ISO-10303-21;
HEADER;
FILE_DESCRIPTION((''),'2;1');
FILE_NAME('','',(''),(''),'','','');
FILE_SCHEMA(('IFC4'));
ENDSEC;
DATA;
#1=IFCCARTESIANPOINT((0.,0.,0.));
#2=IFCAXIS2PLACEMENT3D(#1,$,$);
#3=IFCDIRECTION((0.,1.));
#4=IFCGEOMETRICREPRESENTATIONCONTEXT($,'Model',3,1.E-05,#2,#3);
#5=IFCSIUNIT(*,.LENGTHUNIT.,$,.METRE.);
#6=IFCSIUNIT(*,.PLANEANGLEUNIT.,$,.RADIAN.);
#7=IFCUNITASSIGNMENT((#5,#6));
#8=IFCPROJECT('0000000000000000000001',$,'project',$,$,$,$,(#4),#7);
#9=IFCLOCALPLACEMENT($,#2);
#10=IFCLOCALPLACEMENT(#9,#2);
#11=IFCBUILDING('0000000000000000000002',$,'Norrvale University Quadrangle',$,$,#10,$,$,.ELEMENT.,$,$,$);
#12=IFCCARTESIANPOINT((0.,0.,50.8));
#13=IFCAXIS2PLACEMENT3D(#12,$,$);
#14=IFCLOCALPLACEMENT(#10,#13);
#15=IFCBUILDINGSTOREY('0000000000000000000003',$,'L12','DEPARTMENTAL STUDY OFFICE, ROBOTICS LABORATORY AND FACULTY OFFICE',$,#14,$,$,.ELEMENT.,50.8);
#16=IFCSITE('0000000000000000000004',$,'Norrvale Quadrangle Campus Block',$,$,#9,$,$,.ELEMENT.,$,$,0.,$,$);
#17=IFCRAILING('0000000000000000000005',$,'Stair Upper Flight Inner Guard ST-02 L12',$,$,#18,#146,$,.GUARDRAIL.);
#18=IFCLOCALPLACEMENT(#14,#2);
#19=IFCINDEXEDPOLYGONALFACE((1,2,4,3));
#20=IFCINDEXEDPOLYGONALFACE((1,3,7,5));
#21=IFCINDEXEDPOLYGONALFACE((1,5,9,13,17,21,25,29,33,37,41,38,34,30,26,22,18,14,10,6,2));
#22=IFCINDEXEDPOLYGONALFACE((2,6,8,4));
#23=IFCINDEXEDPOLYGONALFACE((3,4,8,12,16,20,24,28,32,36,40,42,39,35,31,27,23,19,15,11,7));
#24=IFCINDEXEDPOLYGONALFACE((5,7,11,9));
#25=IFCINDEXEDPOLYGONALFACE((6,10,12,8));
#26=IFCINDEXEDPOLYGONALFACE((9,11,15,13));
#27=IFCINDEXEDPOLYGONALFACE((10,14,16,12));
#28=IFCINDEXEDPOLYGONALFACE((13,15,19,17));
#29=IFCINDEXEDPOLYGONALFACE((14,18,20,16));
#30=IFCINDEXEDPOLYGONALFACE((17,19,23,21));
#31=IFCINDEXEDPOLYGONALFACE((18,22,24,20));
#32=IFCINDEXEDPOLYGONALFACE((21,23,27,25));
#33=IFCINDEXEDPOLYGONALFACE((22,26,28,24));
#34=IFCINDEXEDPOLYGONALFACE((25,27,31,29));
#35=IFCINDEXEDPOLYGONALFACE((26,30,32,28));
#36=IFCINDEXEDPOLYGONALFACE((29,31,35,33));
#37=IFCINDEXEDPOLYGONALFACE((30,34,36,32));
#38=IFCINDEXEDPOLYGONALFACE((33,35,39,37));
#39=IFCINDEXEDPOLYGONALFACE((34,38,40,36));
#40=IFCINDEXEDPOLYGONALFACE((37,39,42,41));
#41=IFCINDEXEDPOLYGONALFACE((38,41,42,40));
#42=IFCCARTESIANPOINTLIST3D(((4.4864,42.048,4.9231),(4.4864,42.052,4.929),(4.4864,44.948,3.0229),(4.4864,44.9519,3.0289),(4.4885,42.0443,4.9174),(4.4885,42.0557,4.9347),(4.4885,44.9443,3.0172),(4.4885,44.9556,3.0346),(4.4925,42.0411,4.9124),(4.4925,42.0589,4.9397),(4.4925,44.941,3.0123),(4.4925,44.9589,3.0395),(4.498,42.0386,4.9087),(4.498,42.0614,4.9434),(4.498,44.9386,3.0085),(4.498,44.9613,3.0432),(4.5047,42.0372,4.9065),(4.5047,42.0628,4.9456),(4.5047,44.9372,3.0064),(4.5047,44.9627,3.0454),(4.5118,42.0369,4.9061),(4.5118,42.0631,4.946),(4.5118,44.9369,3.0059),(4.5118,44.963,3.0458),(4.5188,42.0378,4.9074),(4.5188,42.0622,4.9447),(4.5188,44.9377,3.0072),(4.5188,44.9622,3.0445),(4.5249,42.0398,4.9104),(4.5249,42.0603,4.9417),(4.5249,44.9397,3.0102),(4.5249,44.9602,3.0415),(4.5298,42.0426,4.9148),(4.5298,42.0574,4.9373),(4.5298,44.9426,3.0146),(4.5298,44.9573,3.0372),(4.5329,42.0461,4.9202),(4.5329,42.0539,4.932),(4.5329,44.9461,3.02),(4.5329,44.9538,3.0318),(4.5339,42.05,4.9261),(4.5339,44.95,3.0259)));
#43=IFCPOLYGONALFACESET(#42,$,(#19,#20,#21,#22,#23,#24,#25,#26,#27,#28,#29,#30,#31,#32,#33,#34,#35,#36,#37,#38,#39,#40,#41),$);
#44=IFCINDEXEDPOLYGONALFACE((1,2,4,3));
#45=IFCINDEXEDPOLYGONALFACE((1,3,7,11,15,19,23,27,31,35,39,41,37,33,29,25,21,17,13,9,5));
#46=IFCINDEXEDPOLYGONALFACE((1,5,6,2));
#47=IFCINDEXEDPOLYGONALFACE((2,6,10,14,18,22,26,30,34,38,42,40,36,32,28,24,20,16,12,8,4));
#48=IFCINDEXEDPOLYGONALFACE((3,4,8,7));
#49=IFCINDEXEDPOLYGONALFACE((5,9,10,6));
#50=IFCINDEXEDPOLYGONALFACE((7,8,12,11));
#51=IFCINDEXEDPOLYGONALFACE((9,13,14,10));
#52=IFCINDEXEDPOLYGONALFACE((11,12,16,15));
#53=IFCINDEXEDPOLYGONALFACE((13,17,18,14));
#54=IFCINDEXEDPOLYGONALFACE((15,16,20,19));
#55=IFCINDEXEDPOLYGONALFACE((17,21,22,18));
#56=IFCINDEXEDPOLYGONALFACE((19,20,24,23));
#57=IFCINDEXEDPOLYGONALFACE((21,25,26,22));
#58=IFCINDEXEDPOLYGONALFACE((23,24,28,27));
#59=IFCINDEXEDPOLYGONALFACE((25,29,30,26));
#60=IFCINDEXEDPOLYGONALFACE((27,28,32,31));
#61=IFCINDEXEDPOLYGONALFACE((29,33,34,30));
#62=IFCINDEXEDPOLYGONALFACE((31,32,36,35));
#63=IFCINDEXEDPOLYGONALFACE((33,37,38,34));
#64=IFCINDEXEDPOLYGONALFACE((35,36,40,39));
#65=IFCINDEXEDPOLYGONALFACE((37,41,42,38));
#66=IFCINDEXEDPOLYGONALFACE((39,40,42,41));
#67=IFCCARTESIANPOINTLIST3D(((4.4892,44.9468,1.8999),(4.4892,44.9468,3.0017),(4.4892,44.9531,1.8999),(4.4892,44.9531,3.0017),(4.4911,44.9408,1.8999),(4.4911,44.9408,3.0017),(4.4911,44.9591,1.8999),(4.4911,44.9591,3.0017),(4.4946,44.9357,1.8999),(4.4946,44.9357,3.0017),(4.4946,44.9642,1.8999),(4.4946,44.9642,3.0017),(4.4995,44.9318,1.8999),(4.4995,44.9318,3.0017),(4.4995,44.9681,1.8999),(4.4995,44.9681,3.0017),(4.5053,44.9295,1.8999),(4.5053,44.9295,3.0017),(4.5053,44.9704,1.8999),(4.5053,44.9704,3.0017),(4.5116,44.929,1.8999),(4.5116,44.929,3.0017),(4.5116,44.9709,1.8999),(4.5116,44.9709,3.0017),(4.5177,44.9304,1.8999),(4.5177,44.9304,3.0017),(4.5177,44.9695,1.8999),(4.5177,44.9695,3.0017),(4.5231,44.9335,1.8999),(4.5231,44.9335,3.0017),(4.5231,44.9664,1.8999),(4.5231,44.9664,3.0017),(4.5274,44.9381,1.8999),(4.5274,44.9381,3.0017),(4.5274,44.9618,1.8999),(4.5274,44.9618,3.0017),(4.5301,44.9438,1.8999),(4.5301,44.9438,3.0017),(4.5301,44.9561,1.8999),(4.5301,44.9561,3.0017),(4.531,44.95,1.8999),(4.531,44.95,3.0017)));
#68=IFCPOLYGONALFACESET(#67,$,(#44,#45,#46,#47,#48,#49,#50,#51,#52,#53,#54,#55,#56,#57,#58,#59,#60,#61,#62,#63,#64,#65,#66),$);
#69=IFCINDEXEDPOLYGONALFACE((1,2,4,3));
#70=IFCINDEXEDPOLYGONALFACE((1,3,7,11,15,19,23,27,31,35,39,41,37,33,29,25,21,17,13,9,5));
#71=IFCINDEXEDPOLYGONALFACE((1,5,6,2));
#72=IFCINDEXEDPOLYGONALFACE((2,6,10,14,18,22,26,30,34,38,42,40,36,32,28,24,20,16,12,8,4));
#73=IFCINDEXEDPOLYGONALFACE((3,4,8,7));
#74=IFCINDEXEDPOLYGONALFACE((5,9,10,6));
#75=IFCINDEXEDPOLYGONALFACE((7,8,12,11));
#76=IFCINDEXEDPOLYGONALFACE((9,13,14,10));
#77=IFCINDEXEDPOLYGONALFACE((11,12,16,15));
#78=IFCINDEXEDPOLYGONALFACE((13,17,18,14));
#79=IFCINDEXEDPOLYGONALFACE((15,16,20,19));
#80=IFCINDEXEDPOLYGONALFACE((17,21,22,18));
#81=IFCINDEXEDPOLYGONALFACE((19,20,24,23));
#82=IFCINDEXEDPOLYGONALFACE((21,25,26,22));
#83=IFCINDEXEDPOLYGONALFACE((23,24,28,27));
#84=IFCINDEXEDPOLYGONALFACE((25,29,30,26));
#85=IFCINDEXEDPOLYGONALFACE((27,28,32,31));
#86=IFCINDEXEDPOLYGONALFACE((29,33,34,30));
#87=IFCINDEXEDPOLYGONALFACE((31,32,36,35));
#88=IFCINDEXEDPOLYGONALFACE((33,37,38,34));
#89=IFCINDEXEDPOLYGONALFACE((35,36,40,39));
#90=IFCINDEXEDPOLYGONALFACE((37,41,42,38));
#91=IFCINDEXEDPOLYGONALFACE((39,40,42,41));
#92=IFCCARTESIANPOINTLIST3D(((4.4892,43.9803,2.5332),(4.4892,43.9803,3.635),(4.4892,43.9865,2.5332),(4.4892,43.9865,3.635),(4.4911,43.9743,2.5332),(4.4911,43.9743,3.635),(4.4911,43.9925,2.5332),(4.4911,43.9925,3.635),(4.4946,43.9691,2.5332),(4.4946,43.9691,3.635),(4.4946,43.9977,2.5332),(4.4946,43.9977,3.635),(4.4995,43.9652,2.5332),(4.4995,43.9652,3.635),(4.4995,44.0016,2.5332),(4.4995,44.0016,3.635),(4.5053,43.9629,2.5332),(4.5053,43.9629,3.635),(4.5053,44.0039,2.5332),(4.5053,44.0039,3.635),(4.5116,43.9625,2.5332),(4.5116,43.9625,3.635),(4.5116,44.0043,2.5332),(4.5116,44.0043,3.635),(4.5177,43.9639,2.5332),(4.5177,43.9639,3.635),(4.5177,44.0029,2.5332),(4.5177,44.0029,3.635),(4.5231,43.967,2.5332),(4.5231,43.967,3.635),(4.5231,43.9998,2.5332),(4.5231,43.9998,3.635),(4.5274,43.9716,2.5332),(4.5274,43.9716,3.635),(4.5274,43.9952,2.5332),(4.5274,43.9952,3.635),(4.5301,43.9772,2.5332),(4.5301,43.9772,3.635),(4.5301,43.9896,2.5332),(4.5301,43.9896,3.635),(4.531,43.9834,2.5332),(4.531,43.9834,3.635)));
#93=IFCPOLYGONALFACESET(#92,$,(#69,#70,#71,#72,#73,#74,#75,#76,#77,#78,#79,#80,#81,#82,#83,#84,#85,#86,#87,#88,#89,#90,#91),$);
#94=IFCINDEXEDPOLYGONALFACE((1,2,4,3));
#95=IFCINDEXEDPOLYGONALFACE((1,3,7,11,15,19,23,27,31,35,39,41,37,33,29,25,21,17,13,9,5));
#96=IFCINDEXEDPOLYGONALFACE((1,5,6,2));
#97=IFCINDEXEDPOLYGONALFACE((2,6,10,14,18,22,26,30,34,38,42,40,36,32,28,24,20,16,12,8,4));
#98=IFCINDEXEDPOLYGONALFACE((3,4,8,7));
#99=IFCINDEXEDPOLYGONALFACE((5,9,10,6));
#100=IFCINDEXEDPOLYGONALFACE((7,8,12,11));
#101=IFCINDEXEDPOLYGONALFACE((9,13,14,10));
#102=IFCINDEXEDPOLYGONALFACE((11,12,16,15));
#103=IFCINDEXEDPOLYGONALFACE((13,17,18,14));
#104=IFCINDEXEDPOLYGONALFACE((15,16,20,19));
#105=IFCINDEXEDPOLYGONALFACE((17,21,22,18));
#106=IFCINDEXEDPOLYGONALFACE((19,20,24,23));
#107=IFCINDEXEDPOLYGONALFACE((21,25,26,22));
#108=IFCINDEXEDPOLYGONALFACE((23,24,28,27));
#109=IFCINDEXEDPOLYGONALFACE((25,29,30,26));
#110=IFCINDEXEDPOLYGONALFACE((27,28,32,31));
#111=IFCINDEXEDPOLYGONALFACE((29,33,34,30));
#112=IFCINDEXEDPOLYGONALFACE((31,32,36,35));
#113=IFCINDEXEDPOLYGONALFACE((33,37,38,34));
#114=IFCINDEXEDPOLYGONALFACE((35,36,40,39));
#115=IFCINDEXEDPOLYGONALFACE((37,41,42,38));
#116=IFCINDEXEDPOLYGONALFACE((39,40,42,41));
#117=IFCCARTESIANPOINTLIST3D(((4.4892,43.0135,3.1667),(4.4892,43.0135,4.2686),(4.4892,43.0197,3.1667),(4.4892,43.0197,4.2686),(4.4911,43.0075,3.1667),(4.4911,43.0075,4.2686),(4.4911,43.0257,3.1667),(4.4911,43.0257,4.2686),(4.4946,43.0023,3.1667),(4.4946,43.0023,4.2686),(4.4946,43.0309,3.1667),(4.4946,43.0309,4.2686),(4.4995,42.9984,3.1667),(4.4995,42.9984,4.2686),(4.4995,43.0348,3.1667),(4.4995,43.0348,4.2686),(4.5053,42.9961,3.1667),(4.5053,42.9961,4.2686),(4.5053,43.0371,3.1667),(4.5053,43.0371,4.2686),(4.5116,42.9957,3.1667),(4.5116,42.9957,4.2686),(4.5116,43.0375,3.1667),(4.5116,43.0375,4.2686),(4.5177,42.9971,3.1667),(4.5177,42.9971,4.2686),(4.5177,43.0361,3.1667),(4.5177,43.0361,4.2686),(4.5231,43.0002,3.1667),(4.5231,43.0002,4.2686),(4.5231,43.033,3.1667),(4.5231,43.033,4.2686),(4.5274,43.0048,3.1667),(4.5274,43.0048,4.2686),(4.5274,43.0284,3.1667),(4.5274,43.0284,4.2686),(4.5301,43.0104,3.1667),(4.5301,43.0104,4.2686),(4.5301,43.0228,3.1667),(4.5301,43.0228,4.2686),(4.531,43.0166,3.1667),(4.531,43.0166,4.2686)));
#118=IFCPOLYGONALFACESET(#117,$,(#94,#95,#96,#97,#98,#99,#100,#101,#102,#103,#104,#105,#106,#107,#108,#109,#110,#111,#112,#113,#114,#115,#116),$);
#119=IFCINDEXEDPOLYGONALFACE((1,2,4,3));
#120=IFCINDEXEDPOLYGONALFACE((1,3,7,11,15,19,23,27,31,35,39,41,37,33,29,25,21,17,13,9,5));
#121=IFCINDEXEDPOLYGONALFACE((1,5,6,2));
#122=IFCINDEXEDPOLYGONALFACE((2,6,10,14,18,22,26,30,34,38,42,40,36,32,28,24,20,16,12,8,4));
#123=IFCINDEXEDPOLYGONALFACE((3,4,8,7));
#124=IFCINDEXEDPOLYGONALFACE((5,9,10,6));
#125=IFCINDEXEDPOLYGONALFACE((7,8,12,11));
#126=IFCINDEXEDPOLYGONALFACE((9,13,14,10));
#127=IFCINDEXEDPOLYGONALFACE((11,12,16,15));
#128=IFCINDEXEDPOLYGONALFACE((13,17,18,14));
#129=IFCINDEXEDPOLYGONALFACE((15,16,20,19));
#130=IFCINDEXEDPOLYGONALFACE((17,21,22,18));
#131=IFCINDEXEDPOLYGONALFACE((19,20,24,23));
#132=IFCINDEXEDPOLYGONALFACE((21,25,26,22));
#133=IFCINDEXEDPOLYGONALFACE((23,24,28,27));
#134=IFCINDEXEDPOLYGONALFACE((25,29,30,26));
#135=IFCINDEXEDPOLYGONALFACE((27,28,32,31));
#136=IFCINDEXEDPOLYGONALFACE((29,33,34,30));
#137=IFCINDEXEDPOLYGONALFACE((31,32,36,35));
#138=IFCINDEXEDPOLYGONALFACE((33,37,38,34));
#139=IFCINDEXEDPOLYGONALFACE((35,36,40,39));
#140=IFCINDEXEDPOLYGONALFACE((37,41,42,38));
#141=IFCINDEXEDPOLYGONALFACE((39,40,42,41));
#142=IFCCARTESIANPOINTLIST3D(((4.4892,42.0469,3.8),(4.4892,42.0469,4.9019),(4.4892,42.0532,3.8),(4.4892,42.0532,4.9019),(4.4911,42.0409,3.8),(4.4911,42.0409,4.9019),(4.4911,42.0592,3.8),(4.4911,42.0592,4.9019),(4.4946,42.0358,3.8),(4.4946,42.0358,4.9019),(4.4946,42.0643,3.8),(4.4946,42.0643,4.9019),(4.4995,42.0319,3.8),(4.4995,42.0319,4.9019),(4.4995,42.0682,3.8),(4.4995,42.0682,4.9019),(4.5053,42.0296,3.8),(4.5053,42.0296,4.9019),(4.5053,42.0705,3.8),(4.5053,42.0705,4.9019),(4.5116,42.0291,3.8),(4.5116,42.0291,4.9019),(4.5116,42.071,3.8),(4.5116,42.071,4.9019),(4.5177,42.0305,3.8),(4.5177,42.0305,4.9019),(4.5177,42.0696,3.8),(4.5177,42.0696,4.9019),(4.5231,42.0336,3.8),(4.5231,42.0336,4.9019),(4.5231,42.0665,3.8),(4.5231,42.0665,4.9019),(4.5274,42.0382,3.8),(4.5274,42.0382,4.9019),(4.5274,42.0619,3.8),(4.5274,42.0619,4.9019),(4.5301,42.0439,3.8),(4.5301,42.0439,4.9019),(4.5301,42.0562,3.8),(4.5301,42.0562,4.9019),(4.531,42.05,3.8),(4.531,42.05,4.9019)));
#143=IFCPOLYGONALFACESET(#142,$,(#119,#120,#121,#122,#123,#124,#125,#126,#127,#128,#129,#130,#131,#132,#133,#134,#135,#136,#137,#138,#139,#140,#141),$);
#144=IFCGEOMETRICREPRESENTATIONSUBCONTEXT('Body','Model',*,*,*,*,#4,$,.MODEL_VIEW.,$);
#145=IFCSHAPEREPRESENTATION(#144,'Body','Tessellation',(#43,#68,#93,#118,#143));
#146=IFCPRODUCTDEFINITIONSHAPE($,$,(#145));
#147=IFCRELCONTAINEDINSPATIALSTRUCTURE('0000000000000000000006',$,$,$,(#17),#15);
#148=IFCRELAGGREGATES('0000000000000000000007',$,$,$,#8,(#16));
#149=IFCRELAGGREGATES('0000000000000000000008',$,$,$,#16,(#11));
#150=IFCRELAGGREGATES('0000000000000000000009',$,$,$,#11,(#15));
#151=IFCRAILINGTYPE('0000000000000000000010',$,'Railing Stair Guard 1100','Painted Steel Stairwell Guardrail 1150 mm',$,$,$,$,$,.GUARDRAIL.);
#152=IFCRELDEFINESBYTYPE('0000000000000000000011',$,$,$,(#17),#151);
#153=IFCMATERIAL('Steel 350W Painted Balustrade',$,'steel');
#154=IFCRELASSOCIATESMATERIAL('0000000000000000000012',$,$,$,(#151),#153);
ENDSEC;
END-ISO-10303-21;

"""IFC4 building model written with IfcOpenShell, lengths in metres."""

from ifc_helpers import new_model, si_unit, direction, frame, origin, origin_2d, place, context, subcontext, project, spatial, circle, extrude, material, type_object, element, save


model = new_model("IFC4")

# Units and contexts
model_context = context("Model", 3, precision=1e-05, world=origin(), true_north=direction((0.0, 1.0)))
body_context = subcontext(model_context, "Body", "Model", "MODEL_VIEW")
ifc_project = project(units=[si_unit("LENGTHUNIT", "METRE"), si_unit("PLANEANGLEUNIT", "RADIAN")], contexts=[model_context])

# Site, building, storey
site_placement = place(None, origin())
site = spatial("IfcSite", under=ifc_project, at=site_placement, Name="Norrvale Quadrangle Campus Block", CompositionType="ELEMENT", RefElevation=0.0)
building_placement = place(site_placement, origin())
building = spatial("IfcBuilding", under=site, at=building_placement, Name="Norrvale University Quadrangle", CompositionType="ELEMENT")
storey_placement = place(building_placement, frame((0.0, 0.0, 50.8)))
storey = spatial("IfcBuildingStorey", under=building, at=storey_placement, Name="L12", Description="DEPARTMENTAL STUDY OFFICE, ROBOTICS LABORATORY AND FACULTY OFFICE", CompositionType="ELEMENT", Elevation=50.8)

# Railing
ifc_material_1 = material(Name="Steel 350W Painted Balustrade", Category="steel")
railing_type_1 = type_object("IfcRailingType", Name="Railing Stair Guard 1100", Description="Painted Steel Stairwell Guardrail 1150 mm", PredefinedType="GUARDRAIL", material=ifc_material_1)
railing_1_placement = place(storey_placement, frame((4.51, 44.95, 1.8999)))
element("IfcRailing", 1, at=railing_1_placement, inside=storey, type_object=railing_type_1, Name="Stair Upper Flight Inner Guard ST-02 L12", PredefinedType="GUARDRAIL", context=body_context, shape_type="SweptSolid", body=[
    extrude(circle(Radius=0.0239, at=origin_2d()), frame((0.0, 0.0, 1.126), z_axis=(0.0, -0.836433, 0.548069), x_axis=(1.0, 0.0, 0.0)), (0.0, 0.0, 1.0), 3.467),
    extrude(circle(Radius=0.021, at=origin_2d()), origin(), (0.0, 0.0, 1.0), 1.1018),
    extrude(circle(Radius=0.021, at=origin_2d()), frame((0.0, -0.9666, 0.6333)), (0.0, 0.0, 1.0), 1.1018),
    extrude(circle(Radius=0.021, at=origin_2d()), frame((0.0, -1.9333, 1.2668)), (0.0, 0.0, 1.0), 1.1018),
    extrude(circle(Radius=0.021, at=origin_2d()), frame((0.0, -2.8999, 1.9001)), (0.0, 0.0, 1.0), 1.1018),
])

save(model, "model.ifc")
